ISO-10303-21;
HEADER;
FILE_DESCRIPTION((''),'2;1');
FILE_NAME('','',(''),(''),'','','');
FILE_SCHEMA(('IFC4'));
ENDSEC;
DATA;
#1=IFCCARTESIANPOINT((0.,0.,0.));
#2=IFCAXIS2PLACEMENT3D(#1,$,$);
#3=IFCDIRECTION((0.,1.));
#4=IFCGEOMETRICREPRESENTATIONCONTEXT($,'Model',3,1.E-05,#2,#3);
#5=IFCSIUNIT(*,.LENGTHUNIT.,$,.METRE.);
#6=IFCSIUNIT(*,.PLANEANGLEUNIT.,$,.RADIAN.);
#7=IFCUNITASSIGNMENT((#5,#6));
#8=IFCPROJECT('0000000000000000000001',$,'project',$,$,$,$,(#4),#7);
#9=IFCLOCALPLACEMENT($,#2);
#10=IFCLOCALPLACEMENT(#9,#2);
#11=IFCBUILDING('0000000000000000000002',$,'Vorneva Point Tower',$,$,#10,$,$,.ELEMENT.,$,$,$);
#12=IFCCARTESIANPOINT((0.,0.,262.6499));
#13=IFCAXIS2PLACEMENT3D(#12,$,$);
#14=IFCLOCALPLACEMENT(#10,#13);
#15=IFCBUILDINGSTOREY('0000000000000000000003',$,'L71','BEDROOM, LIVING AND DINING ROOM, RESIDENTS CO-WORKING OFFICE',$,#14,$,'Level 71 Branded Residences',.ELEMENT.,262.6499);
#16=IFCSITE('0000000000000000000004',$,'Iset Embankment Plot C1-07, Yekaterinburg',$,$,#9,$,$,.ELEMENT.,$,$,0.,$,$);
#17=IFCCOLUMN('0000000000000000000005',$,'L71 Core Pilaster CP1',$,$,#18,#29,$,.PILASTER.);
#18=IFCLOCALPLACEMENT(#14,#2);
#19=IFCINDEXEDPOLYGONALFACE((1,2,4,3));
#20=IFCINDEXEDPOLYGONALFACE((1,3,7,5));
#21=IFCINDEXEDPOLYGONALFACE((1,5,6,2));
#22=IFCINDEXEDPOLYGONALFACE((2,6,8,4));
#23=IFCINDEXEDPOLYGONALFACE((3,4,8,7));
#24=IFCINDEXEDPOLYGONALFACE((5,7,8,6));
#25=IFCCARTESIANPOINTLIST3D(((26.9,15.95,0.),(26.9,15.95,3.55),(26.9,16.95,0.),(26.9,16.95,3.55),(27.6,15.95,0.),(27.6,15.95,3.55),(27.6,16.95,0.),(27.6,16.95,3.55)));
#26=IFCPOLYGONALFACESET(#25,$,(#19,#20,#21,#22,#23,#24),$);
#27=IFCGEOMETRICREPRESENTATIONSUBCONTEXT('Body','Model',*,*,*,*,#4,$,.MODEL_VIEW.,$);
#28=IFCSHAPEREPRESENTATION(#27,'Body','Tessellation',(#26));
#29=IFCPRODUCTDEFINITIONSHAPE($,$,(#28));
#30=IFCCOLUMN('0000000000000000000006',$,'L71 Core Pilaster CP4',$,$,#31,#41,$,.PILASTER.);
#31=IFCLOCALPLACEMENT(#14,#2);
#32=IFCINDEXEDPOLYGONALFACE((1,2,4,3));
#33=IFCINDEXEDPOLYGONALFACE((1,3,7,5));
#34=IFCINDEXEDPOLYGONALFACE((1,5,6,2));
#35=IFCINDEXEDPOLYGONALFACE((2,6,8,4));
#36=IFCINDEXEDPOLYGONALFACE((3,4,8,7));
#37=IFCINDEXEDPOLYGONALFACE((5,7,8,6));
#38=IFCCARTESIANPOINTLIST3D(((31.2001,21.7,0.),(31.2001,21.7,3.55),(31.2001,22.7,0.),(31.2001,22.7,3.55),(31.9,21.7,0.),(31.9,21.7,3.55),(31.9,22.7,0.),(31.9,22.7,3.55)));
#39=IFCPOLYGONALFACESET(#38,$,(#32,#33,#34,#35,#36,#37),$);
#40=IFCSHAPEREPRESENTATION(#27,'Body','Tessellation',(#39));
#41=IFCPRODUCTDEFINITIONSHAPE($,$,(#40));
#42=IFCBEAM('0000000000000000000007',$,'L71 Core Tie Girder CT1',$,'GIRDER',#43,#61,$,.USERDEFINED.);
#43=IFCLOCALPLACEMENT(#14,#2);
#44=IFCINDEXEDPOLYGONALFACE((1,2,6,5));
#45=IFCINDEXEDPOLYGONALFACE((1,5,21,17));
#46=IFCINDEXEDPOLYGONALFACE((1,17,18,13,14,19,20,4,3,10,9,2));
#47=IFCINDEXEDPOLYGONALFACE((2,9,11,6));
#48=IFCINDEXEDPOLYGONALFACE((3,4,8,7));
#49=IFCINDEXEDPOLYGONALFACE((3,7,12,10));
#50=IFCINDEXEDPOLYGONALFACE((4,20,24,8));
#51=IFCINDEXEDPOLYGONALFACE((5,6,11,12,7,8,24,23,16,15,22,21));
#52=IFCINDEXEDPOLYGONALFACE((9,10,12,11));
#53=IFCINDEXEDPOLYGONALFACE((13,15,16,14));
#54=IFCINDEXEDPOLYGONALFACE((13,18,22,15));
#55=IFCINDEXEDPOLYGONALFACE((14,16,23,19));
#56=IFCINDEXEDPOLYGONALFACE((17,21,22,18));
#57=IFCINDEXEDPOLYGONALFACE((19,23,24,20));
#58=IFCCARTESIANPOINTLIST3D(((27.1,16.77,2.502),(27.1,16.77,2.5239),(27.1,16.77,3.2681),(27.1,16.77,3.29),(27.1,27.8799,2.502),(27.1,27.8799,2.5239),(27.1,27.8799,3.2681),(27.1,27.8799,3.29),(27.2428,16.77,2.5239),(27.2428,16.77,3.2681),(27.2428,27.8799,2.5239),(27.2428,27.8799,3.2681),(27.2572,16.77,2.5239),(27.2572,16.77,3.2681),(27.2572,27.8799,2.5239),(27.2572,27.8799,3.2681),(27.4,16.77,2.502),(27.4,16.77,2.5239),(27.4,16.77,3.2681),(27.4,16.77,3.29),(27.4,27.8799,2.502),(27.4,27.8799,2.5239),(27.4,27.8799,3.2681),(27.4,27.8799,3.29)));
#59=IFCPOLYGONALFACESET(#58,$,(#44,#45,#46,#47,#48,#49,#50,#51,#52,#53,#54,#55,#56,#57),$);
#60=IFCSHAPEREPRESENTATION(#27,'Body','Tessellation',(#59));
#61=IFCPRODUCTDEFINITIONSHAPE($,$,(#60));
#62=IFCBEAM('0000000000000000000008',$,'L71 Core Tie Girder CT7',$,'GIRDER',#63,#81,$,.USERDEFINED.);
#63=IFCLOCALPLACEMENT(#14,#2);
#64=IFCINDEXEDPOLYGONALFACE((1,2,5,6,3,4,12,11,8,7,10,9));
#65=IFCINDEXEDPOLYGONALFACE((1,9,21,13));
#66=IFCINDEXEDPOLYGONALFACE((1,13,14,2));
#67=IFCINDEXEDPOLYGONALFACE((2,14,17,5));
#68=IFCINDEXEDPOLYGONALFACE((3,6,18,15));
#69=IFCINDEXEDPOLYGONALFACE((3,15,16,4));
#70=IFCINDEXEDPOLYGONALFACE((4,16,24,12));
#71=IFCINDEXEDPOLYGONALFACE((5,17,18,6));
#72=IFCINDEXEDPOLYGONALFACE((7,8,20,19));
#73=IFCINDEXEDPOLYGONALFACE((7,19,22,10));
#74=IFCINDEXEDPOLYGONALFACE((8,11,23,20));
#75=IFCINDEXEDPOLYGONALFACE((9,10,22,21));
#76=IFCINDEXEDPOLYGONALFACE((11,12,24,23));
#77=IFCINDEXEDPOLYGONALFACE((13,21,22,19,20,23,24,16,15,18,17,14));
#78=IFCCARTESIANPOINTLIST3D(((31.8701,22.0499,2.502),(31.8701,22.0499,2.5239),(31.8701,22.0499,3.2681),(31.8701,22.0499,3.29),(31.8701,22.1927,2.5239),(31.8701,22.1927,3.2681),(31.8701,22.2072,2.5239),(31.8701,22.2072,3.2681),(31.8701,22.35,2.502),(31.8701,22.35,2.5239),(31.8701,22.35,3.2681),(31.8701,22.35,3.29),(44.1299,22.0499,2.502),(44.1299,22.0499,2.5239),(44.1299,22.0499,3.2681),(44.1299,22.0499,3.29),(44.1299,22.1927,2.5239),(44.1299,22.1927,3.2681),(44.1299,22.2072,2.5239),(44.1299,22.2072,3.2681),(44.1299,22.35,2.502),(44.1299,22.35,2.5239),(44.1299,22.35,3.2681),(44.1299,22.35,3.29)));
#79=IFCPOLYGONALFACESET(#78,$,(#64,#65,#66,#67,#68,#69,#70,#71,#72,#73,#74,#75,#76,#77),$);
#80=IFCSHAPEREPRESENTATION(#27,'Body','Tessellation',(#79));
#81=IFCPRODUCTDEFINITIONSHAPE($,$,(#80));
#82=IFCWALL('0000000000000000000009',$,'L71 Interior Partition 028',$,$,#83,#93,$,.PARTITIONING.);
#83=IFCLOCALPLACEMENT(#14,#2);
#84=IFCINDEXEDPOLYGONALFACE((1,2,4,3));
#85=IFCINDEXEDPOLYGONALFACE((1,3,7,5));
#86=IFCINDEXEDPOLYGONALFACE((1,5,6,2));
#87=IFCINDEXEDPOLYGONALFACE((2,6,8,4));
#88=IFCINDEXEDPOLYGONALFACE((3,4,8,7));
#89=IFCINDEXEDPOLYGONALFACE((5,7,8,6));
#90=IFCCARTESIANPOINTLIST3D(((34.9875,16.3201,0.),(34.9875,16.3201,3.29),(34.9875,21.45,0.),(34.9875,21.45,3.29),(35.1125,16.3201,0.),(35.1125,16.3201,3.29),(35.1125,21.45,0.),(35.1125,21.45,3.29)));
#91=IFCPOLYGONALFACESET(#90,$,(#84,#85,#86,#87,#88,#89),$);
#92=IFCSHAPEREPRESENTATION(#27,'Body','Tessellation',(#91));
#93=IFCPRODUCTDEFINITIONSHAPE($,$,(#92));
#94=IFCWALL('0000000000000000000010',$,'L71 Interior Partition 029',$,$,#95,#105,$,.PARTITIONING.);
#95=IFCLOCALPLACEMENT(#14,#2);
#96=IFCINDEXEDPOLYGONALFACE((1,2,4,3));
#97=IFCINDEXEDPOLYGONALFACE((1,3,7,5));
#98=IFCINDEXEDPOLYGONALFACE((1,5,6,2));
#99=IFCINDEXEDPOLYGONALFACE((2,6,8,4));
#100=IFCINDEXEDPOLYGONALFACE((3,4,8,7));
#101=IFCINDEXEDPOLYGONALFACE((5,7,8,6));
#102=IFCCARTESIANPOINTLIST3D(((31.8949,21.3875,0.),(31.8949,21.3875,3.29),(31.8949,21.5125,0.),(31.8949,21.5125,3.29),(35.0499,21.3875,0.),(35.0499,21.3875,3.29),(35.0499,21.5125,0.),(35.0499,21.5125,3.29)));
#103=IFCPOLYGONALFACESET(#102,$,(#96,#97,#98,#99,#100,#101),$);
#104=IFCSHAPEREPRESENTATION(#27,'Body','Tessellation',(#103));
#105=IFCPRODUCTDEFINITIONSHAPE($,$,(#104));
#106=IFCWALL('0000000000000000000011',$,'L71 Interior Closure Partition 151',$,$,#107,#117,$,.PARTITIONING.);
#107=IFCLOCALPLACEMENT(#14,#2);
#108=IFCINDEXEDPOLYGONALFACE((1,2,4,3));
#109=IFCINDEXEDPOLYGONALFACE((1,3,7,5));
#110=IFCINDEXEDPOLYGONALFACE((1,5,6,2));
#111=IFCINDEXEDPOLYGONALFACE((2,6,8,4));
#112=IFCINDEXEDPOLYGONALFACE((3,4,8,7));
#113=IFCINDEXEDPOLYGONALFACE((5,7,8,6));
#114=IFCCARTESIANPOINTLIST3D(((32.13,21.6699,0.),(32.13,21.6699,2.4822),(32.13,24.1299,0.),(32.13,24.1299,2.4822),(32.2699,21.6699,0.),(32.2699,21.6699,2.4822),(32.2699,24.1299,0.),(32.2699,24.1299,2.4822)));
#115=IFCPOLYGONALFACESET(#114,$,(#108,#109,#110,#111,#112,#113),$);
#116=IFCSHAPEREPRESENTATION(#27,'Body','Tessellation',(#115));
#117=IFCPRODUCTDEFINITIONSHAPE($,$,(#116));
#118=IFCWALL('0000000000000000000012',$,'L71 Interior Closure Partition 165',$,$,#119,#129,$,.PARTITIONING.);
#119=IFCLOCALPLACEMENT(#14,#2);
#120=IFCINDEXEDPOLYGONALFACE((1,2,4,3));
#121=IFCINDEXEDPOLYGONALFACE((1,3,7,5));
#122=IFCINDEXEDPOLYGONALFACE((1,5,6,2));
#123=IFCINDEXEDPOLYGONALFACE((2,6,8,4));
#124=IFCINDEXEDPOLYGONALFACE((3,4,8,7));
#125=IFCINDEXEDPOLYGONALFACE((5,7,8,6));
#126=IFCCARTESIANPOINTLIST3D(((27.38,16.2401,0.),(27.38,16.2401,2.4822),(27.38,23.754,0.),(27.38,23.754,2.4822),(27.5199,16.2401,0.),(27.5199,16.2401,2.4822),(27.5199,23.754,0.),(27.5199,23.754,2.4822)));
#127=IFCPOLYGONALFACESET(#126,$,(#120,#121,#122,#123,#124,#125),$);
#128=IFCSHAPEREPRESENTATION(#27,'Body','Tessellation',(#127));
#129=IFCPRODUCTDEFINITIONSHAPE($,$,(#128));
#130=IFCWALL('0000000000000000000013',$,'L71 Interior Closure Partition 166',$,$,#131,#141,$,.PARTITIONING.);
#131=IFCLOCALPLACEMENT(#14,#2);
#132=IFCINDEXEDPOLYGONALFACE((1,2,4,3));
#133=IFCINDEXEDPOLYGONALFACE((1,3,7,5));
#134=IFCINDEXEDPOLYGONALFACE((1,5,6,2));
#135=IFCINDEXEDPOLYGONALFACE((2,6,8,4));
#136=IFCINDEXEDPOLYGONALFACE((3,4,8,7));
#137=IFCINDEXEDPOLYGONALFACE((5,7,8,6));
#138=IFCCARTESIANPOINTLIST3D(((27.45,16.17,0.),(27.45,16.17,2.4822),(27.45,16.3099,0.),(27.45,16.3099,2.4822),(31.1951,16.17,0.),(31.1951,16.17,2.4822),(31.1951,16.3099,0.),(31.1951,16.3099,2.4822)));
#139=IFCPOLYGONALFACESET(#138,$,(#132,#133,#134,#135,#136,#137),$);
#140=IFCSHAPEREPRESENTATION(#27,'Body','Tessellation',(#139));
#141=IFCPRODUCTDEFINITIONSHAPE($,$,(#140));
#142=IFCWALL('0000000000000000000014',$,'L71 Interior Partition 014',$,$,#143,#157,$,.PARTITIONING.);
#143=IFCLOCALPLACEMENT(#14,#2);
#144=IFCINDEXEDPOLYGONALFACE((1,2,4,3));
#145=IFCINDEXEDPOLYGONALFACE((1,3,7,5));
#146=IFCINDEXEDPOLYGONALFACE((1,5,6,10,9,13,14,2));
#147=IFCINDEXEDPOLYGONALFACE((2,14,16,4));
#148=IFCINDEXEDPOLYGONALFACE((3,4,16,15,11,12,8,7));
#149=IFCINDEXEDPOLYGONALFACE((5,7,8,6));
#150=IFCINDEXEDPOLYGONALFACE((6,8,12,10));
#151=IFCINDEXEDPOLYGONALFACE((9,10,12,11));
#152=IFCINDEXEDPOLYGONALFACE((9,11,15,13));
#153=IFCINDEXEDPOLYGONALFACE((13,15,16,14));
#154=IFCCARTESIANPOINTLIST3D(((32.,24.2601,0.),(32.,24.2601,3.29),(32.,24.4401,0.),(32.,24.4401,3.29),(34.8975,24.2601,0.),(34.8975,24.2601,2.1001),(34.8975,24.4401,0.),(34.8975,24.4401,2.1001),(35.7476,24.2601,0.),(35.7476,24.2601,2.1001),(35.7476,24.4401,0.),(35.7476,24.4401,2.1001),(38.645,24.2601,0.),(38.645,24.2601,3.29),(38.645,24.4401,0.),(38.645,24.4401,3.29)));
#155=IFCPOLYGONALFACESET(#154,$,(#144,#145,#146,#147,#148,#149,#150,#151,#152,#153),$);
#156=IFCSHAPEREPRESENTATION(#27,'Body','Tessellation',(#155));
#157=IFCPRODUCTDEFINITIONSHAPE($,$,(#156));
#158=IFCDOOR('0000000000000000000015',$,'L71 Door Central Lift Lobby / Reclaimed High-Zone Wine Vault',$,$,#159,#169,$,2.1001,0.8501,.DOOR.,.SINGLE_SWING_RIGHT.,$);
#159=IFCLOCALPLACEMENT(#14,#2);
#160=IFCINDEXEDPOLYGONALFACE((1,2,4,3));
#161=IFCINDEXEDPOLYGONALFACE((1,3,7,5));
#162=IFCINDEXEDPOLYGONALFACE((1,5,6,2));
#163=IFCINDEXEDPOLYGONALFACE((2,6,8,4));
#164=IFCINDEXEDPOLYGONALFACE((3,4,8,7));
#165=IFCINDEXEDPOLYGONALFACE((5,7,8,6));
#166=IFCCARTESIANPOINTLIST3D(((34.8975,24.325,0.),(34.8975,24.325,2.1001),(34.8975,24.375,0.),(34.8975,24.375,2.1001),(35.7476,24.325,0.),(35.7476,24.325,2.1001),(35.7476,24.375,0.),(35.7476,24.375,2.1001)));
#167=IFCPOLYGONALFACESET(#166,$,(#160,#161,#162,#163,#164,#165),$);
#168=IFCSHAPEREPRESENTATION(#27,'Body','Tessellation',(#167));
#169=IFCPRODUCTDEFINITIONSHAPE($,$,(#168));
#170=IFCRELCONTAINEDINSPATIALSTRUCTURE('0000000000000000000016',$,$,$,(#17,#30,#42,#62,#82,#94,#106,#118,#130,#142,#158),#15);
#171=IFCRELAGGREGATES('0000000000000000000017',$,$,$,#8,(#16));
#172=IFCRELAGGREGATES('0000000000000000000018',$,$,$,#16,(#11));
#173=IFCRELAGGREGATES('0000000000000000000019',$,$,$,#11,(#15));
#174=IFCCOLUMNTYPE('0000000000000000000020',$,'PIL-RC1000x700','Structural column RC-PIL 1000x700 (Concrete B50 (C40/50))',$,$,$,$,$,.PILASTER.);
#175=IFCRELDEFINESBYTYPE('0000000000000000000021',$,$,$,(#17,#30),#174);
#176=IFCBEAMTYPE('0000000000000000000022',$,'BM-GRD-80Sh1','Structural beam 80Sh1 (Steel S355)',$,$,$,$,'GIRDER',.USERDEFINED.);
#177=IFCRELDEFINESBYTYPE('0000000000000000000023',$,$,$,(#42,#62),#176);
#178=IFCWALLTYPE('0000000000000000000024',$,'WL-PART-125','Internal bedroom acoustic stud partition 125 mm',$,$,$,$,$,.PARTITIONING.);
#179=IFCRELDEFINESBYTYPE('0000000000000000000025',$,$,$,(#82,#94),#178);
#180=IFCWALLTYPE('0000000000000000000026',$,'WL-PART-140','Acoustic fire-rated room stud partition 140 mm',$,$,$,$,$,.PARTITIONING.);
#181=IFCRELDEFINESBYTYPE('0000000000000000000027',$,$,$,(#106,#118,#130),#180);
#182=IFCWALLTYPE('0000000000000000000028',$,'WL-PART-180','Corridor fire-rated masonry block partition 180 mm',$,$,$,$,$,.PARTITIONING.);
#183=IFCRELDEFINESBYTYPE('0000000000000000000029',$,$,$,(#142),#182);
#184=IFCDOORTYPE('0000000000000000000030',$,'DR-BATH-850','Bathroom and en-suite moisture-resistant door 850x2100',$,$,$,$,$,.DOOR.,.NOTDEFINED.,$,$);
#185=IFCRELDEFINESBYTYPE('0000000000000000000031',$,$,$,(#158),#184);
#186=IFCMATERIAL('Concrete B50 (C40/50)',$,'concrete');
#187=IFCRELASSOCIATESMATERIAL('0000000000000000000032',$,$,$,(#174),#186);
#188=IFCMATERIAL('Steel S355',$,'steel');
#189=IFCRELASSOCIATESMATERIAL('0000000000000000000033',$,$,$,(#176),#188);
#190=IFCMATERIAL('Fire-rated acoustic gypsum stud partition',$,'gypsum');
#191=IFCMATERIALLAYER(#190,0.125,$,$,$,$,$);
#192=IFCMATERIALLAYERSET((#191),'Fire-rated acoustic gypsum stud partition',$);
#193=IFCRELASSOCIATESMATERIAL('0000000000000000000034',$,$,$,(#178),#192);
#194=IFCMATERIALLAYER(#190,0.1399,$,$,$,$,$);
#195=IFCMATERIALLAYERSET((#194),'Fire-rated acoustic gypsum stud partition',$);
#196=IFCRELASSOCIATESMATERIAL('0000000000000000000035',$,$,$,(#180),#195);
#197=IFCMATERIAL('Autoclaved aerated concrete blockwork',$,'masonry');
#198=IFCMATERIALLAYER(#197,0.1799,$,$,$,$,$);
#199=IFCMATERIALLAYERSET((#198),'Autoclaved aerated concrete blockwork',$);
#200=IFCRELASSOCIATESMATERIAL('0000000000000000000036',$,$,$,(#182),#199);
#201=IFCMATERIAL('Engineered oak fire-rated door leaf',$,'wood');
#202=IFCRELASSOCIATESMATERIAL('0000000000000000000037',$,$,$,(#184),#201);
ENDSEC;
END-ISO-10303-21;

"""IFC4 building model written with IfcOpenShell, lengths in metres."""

from ifc_helpers import new_model, si_unit, direction, frame, frame_2d, origin, origin_2d, place, context, subcontext, project, spatial, rectangle, i_section, extrude, material, layer, layer_set, material_profile, profile_set, type_object, element, fill, save


model = new_model("IFC4")

# Units and contexts
model_context = context("Model", 3, precision=1e-05, world=origin(), true_north=direction((0.0, 1.0)))
body_context = subcontext(model_context, "Body", "Model", "MODEL_VIEW")
ifc_project = project(units=[si_unit("LENGTHUNIT", "METRE"), si_unit("PLANEANGLEUNIT", "RADIAN")], contexts=[model_context])

# Site, building, storey
site_placement = place(None, origin())
site = spatial("IfcSite", under=ifc_project, at=site_placement, Name="Iset Embankment Plot C1-07, Yekaterinburg", CompositionType="ELEMENT", RefElevation=0.0)
building_placement = place(site_placement, origin())
building = spatial("IfcBuilding", under=site, at=building_placement, Name="Vorneva Point Tower", CompositionType="ELEMENT")
storey_placement = place(building_placement, frame((0.0, 0.0, 262.6499)))
storey = spatial("IfcBuildingStorey", under=building, at=storey_placement, Name="L71", Description="BEDROOM, LIVING AND DINING ROOM, RESIDENTS CO-WORKING OFFICE", LongName="Level 71 Branded Residences", CompositionType="ELEMENT", Elevation=262.6499)

# Columns
ifc_material_1 = material(Name="Concrete B50 (C40/50)", Category="concrete")
ifc_material_profile_1 = material_profile(ifc_material_1, rectangle(XDim=0.7, YDim=1.0, at=origin_2d()), Name="RC-PIL 1000x700")
ifc_profile_set_1 = profile_set([ifc_material_profile_1], Name="Concrete B50 (C40/50)")
column_type = type_object("IfcColumnType", Name="PIL-RC1000x700", Description="Structural column RC-PIL 1000x700 (Concrete B50 (C40/50))", PredefinedType="PILASTER", material=ifc_profile_set_1)
for number, where, z_axis, x_axis, name in (
    (1, (27.25, 16.45, 0.0), (0.0, 0.0, 1.0), (1.0, 0.0, 0.0), "L71 Core Pilaster CP1"),
    (2, (31.55, 22.2, 0.0), (0.0, 0.0, 1.0), (1.0, 0.0, 0.0), "L71 Core Pilaster CP4"),
):
    element("IfcColumn", number, at=place(storey_placement, frame(where, z_axis=z_axis, x_axis=x_axis)), inside=storey, type_object=column_type, Name=name, PredefinedType="PILASTER", context=body_context, shape_type="SweptSolid", body=[
        extrude(rectangle(XDim=0.7, YDim=1.0, at=origin_2d()), origin(), (0.0, 0.0, 1.0), 3.55),
    ])

# Beams
ifc_material_2 = material(Name="Steel S355", Category="steel")
ifc_material_profile_2 = material_profile(ifc_material_2, i_section(OverallWidth=0.3, OverallDepth=0.7881, WebThickness=0.0144, FlangeThickness=0.022, at=origin_2d()), Name="80Sh1")
ifc_profile_set_2 = profile_set([ifc_material_profile_2], Name="Steel S355")
beam_type = type_object("IfcBeamType", Name="BM-GRD-80Sh1", Description="Structural beam 80Sh1 (Steel S355)", ElementType="GIRDER", PredefinedType="USERDEFINED", material=ifc_profile_set_2)
beam_1_placement = place(storey_placement, frame((27.25, 16.77, 2.896), z_axis=(0.0, 1.0, 0.0), x_axis=(-1.0, 0.0, 0.0)))
element("IfcBeam", 3, at=beam_1_placement, inside=storey, type_object=beam_type, Name="L71 Core Tie Girder CT1", ObjectType="GIRDER", PredefinedType="USERDEFINED", context=body_context, shape_type="SweptSolid", body=[
    extrude(i_section(OverallWidth=0.3, OverallDepth=0.7881, WebThickness=0.0144, FlangeThickness=0.022, at=origin_2d()), origin(), (0.0, 0.0, 1.0), 11.1099),
])
beam_2_placement = place(storey_placement, frame((31.8701, 22.2, 2.896), z_axis=(1.0, 0.0, 0.0), x_axis=(0.0, 1.0, 0.0)))
element("IfcBeam", 4, at=beam_2_placement, inside=storey, type_object=beam_type, Name="L71 Core Tie Girder CT7", ObjectType="GIRDER", PredefinedType="USERDEFINED", context=body_context, shape_type="SweptSolid", body=[
    extrude(i_section(OverallWidth=0.3, OverallDepth=0.7881, WebThickness=0.0144, FlangeThickness=0.022, at=origin_2d()), origin(), (0.0, 0.0, 1.0), 12.2598),
])

# Walls
ifc_material_3 = material(Name="Fire-rated acoustic gypsum stud partition", Category="gypsum")
ifc_layer_1 = layer(ifc_material_3, 0.125)
ifc_layer_set_1 = layer_set([ifc_layer_1], Name="Fire-rated acoustic gypsum stud partition")
wall_type_1 = type_object("IfcWallType", Name="WL-PART-125", Description="Internal bedroom acoustic stud partition 125 mm", PredefinedType="PARTITIONING", material=ifc_layer_set_1)
wall_1_placement = place(storey_placement, frame((35.05, 16.3201, 0.0), z_axis=(0.0, 0.0, 1.0), x_axis=(0.0, 1.0, 0.0)))
element("IfcWall", 5, at=wall_1_placement, inside=storey, type_object=wall_type_1, Name="L71 Interior Partition 028", PredefinedType="PARTITIONING", context=body_context, shape_type="SweptSolid", body=[
    extrude(rectangle(XDim=5.1299, YDim=0.125, at=frame_2d((2.5649, 0.0))), origin(), (0.0, 0.0, 1.0), 3.29),
])
wall_2_placement = place(storey_placement, frame((35.05, 21.45, 0.0), z_axis=(0.0, 0.0, 1.0), x_axis=(-1.0, 0.0, 0.0)))
element("IfcWall", 6, at=wall_2_placement, inside=storey, type_object=wall_type_1, Name="L71 Interior Partition 029", PredefinedType="PARTITIONING", context=body_context, shape_type="SweptSolid", body=[
    extrude(rectangle(XDim=3.155, YDim=0.125, at=frame_2d((1.5776, 0.0))), origin(), (0.0, 0.0, 1.0), 3.29),
])
ifc_layer_2 = layer(ifc_material_3, 0.1399)
ifc_layer_set_2 = layer_set([ifc_layer_2], Name="Fire-rated acoustic gypsum stud partition")
wall_type_2 = type_object("IfcWallType", Name="WL-PART-140", Description="Acoustic fire-rated room stud partition 140 mm", PredefinedType="PARTITIONING", material=ifc_layer_set_2)
wall_3_placement = place(storey_placement, frame((32.2, 24.1299, 0.0), z_axis=(0.0, 0.0, 1.0), x_axis=(0.0, -1.0, 0.0)))
element("IfcWall", 7, at=wall_3_placement, inside=storey, type_object=wall_type_2, Name="L71 Interior Closure Partition 151", PredefinedType="PARTITIONING", context=body_context, shape_type="SweptSolid", body=[
    extrude(rectangle(XDim=2.46, YDim=0.1399, at=frame_2d((1.23, 0.0))), origin(), (0.0, 0.0, 1.0), 2.4822),
])
wall_4_placement = place(storey_placement, frame((27.45, 23.7539, 0.0), z_axis=(0.0, 0.0, 1.0), x_axis=(0.0, -1.0, 0.0)))
element("IfcWall", 8, at=wall_4_placement, inside=storey, type_object=wall_type_2, Name="L71 Interior Closure Partition 165", PredefinedType="PARTITIONING", context=body_context, shape_type="SweptSolid", body=[
    extrude(rectangle(XDim=7.5139, YDim=0.1399, at=frame_2d((3.7568, 0.0))), origin(), (0.0, 0.0, 1.0), 2.4822),
])
wall_5_placement = place(storey_placement, frame((27.45, 16.24, 0.0), z_axis=(0.0, 0.0, 1.0), x_axis=(1.0, 0.0, 0.0)))
element("IfcWall", 9, at=wall_5_placement, inside=storey, type_object=wall_type_2, Name="L71 Interior Closure Partition 166", PredefinedType="PARTITIONING", context=body_context, shape_type="SweptSolid", body=[
    extrude(rectangle(XDim=3.7451, YDim=0.1399, at=frame_2d((1.8726, 0.0))), origin(), (0.0, 0.0, 1.0), 2.4822),
])

# Wall, opening, door
ifc_material_4 = material(Name="Autoclaved aerated concrete blockwork", Category="masonry")
ifc_layer_3 = layer(ifc_material_4, 0.1799)
ifc_layer_set_3 = layer_set([ifc_layer_3], Name="Autoclaved aerated concrete blockwork")
wall_type_3 = type_object("IfcWallType", Name="WL-PART-180", Description="Corridor fire-rated masonry block partition 180 mm", PredefinedType="PARTITIONING", material=ifc_layer_set_3)
wall_6_placement = place(storey_placement, frame((32.0, 24.3501, 0.0), z_axis=(0.0, 0.0, 1.0), x_axis=(1.0, 0.0, 0.0)))
wall_6 = element("IfcWall", 10, at=wall_6_placement, inside=storey, type_object=wall_type_3, Name="L71 Interior Partition 014", PredefinedType="PARTITIONING", context=body_context, shape_type="SweptSolid", body=[
    extrude(rectangle(XDim=6.645, YDim=0.1799, at=frame_2d((3.3225, 0.0))), origin(), (0.0, 0.0, 1.0), 3.29),
])
opening_1_placement = place(wall_6_placement, frame((2.8975, 0.0, 0.0)))
opening_1 = element("IfcOpeningElement", 11, at=opening_1_placement, cuts=wall_6, PredefinedType="OPENING", context=body_context, shape_type="SweptSolid", body=[
    extrude(rectangle(XDim=0.8501, YDim=2.1001, at=frame_2d((0.425, 1.05))), frame((0.0, 0.105, 0.0), z_axis=(0.0, -1.0, 0.0), x_axis=(1.0, 0.0, 0.0)), (0.0, 0.0, 1.0), 0.2097),
])
ifc_material_5 = material(Name="Engineered oak fire-rated door leaf", Category="wood")
door_type_1 = type_object("IfcDoorType", Name="DR-BATH-850", Description="Bathroom and en-suite moisture-resistant door 850x2100", OperationType="NOTDEFINED", PredefinedType="DOOR", material=ifc_material_5)
door_1_placement = place(opening_1_placement, origin())
door_1 = element("IfcDoor", 12, at=door_1_placement, inside=storey, type_object=door_type_1, Name="L71 Door Central Lift Lobby / Reclaimed High-Zone Wine Vault", OperationType="SINGLE_SWING_RIGHT", OverallHeight=2.1001, OverallWidth=0.8501, PredefinedType="DOOR", context=body_context, shape_type="SweptSolid", body=[
    extrude(rectangle(XDim=0.8501, YDim=2.1001, at=frame_2d((0.425, 1.05))), frame((0.0, 0.0249, 0.0), z_axis=(0.0, -1.0, 0.0), x_axis=(1.0, 0.0, 0.0)), (0.0, 0.0, 1.0), 0.05),
])
fill(opening_1, door_1)

save(model, "model.ifc")
